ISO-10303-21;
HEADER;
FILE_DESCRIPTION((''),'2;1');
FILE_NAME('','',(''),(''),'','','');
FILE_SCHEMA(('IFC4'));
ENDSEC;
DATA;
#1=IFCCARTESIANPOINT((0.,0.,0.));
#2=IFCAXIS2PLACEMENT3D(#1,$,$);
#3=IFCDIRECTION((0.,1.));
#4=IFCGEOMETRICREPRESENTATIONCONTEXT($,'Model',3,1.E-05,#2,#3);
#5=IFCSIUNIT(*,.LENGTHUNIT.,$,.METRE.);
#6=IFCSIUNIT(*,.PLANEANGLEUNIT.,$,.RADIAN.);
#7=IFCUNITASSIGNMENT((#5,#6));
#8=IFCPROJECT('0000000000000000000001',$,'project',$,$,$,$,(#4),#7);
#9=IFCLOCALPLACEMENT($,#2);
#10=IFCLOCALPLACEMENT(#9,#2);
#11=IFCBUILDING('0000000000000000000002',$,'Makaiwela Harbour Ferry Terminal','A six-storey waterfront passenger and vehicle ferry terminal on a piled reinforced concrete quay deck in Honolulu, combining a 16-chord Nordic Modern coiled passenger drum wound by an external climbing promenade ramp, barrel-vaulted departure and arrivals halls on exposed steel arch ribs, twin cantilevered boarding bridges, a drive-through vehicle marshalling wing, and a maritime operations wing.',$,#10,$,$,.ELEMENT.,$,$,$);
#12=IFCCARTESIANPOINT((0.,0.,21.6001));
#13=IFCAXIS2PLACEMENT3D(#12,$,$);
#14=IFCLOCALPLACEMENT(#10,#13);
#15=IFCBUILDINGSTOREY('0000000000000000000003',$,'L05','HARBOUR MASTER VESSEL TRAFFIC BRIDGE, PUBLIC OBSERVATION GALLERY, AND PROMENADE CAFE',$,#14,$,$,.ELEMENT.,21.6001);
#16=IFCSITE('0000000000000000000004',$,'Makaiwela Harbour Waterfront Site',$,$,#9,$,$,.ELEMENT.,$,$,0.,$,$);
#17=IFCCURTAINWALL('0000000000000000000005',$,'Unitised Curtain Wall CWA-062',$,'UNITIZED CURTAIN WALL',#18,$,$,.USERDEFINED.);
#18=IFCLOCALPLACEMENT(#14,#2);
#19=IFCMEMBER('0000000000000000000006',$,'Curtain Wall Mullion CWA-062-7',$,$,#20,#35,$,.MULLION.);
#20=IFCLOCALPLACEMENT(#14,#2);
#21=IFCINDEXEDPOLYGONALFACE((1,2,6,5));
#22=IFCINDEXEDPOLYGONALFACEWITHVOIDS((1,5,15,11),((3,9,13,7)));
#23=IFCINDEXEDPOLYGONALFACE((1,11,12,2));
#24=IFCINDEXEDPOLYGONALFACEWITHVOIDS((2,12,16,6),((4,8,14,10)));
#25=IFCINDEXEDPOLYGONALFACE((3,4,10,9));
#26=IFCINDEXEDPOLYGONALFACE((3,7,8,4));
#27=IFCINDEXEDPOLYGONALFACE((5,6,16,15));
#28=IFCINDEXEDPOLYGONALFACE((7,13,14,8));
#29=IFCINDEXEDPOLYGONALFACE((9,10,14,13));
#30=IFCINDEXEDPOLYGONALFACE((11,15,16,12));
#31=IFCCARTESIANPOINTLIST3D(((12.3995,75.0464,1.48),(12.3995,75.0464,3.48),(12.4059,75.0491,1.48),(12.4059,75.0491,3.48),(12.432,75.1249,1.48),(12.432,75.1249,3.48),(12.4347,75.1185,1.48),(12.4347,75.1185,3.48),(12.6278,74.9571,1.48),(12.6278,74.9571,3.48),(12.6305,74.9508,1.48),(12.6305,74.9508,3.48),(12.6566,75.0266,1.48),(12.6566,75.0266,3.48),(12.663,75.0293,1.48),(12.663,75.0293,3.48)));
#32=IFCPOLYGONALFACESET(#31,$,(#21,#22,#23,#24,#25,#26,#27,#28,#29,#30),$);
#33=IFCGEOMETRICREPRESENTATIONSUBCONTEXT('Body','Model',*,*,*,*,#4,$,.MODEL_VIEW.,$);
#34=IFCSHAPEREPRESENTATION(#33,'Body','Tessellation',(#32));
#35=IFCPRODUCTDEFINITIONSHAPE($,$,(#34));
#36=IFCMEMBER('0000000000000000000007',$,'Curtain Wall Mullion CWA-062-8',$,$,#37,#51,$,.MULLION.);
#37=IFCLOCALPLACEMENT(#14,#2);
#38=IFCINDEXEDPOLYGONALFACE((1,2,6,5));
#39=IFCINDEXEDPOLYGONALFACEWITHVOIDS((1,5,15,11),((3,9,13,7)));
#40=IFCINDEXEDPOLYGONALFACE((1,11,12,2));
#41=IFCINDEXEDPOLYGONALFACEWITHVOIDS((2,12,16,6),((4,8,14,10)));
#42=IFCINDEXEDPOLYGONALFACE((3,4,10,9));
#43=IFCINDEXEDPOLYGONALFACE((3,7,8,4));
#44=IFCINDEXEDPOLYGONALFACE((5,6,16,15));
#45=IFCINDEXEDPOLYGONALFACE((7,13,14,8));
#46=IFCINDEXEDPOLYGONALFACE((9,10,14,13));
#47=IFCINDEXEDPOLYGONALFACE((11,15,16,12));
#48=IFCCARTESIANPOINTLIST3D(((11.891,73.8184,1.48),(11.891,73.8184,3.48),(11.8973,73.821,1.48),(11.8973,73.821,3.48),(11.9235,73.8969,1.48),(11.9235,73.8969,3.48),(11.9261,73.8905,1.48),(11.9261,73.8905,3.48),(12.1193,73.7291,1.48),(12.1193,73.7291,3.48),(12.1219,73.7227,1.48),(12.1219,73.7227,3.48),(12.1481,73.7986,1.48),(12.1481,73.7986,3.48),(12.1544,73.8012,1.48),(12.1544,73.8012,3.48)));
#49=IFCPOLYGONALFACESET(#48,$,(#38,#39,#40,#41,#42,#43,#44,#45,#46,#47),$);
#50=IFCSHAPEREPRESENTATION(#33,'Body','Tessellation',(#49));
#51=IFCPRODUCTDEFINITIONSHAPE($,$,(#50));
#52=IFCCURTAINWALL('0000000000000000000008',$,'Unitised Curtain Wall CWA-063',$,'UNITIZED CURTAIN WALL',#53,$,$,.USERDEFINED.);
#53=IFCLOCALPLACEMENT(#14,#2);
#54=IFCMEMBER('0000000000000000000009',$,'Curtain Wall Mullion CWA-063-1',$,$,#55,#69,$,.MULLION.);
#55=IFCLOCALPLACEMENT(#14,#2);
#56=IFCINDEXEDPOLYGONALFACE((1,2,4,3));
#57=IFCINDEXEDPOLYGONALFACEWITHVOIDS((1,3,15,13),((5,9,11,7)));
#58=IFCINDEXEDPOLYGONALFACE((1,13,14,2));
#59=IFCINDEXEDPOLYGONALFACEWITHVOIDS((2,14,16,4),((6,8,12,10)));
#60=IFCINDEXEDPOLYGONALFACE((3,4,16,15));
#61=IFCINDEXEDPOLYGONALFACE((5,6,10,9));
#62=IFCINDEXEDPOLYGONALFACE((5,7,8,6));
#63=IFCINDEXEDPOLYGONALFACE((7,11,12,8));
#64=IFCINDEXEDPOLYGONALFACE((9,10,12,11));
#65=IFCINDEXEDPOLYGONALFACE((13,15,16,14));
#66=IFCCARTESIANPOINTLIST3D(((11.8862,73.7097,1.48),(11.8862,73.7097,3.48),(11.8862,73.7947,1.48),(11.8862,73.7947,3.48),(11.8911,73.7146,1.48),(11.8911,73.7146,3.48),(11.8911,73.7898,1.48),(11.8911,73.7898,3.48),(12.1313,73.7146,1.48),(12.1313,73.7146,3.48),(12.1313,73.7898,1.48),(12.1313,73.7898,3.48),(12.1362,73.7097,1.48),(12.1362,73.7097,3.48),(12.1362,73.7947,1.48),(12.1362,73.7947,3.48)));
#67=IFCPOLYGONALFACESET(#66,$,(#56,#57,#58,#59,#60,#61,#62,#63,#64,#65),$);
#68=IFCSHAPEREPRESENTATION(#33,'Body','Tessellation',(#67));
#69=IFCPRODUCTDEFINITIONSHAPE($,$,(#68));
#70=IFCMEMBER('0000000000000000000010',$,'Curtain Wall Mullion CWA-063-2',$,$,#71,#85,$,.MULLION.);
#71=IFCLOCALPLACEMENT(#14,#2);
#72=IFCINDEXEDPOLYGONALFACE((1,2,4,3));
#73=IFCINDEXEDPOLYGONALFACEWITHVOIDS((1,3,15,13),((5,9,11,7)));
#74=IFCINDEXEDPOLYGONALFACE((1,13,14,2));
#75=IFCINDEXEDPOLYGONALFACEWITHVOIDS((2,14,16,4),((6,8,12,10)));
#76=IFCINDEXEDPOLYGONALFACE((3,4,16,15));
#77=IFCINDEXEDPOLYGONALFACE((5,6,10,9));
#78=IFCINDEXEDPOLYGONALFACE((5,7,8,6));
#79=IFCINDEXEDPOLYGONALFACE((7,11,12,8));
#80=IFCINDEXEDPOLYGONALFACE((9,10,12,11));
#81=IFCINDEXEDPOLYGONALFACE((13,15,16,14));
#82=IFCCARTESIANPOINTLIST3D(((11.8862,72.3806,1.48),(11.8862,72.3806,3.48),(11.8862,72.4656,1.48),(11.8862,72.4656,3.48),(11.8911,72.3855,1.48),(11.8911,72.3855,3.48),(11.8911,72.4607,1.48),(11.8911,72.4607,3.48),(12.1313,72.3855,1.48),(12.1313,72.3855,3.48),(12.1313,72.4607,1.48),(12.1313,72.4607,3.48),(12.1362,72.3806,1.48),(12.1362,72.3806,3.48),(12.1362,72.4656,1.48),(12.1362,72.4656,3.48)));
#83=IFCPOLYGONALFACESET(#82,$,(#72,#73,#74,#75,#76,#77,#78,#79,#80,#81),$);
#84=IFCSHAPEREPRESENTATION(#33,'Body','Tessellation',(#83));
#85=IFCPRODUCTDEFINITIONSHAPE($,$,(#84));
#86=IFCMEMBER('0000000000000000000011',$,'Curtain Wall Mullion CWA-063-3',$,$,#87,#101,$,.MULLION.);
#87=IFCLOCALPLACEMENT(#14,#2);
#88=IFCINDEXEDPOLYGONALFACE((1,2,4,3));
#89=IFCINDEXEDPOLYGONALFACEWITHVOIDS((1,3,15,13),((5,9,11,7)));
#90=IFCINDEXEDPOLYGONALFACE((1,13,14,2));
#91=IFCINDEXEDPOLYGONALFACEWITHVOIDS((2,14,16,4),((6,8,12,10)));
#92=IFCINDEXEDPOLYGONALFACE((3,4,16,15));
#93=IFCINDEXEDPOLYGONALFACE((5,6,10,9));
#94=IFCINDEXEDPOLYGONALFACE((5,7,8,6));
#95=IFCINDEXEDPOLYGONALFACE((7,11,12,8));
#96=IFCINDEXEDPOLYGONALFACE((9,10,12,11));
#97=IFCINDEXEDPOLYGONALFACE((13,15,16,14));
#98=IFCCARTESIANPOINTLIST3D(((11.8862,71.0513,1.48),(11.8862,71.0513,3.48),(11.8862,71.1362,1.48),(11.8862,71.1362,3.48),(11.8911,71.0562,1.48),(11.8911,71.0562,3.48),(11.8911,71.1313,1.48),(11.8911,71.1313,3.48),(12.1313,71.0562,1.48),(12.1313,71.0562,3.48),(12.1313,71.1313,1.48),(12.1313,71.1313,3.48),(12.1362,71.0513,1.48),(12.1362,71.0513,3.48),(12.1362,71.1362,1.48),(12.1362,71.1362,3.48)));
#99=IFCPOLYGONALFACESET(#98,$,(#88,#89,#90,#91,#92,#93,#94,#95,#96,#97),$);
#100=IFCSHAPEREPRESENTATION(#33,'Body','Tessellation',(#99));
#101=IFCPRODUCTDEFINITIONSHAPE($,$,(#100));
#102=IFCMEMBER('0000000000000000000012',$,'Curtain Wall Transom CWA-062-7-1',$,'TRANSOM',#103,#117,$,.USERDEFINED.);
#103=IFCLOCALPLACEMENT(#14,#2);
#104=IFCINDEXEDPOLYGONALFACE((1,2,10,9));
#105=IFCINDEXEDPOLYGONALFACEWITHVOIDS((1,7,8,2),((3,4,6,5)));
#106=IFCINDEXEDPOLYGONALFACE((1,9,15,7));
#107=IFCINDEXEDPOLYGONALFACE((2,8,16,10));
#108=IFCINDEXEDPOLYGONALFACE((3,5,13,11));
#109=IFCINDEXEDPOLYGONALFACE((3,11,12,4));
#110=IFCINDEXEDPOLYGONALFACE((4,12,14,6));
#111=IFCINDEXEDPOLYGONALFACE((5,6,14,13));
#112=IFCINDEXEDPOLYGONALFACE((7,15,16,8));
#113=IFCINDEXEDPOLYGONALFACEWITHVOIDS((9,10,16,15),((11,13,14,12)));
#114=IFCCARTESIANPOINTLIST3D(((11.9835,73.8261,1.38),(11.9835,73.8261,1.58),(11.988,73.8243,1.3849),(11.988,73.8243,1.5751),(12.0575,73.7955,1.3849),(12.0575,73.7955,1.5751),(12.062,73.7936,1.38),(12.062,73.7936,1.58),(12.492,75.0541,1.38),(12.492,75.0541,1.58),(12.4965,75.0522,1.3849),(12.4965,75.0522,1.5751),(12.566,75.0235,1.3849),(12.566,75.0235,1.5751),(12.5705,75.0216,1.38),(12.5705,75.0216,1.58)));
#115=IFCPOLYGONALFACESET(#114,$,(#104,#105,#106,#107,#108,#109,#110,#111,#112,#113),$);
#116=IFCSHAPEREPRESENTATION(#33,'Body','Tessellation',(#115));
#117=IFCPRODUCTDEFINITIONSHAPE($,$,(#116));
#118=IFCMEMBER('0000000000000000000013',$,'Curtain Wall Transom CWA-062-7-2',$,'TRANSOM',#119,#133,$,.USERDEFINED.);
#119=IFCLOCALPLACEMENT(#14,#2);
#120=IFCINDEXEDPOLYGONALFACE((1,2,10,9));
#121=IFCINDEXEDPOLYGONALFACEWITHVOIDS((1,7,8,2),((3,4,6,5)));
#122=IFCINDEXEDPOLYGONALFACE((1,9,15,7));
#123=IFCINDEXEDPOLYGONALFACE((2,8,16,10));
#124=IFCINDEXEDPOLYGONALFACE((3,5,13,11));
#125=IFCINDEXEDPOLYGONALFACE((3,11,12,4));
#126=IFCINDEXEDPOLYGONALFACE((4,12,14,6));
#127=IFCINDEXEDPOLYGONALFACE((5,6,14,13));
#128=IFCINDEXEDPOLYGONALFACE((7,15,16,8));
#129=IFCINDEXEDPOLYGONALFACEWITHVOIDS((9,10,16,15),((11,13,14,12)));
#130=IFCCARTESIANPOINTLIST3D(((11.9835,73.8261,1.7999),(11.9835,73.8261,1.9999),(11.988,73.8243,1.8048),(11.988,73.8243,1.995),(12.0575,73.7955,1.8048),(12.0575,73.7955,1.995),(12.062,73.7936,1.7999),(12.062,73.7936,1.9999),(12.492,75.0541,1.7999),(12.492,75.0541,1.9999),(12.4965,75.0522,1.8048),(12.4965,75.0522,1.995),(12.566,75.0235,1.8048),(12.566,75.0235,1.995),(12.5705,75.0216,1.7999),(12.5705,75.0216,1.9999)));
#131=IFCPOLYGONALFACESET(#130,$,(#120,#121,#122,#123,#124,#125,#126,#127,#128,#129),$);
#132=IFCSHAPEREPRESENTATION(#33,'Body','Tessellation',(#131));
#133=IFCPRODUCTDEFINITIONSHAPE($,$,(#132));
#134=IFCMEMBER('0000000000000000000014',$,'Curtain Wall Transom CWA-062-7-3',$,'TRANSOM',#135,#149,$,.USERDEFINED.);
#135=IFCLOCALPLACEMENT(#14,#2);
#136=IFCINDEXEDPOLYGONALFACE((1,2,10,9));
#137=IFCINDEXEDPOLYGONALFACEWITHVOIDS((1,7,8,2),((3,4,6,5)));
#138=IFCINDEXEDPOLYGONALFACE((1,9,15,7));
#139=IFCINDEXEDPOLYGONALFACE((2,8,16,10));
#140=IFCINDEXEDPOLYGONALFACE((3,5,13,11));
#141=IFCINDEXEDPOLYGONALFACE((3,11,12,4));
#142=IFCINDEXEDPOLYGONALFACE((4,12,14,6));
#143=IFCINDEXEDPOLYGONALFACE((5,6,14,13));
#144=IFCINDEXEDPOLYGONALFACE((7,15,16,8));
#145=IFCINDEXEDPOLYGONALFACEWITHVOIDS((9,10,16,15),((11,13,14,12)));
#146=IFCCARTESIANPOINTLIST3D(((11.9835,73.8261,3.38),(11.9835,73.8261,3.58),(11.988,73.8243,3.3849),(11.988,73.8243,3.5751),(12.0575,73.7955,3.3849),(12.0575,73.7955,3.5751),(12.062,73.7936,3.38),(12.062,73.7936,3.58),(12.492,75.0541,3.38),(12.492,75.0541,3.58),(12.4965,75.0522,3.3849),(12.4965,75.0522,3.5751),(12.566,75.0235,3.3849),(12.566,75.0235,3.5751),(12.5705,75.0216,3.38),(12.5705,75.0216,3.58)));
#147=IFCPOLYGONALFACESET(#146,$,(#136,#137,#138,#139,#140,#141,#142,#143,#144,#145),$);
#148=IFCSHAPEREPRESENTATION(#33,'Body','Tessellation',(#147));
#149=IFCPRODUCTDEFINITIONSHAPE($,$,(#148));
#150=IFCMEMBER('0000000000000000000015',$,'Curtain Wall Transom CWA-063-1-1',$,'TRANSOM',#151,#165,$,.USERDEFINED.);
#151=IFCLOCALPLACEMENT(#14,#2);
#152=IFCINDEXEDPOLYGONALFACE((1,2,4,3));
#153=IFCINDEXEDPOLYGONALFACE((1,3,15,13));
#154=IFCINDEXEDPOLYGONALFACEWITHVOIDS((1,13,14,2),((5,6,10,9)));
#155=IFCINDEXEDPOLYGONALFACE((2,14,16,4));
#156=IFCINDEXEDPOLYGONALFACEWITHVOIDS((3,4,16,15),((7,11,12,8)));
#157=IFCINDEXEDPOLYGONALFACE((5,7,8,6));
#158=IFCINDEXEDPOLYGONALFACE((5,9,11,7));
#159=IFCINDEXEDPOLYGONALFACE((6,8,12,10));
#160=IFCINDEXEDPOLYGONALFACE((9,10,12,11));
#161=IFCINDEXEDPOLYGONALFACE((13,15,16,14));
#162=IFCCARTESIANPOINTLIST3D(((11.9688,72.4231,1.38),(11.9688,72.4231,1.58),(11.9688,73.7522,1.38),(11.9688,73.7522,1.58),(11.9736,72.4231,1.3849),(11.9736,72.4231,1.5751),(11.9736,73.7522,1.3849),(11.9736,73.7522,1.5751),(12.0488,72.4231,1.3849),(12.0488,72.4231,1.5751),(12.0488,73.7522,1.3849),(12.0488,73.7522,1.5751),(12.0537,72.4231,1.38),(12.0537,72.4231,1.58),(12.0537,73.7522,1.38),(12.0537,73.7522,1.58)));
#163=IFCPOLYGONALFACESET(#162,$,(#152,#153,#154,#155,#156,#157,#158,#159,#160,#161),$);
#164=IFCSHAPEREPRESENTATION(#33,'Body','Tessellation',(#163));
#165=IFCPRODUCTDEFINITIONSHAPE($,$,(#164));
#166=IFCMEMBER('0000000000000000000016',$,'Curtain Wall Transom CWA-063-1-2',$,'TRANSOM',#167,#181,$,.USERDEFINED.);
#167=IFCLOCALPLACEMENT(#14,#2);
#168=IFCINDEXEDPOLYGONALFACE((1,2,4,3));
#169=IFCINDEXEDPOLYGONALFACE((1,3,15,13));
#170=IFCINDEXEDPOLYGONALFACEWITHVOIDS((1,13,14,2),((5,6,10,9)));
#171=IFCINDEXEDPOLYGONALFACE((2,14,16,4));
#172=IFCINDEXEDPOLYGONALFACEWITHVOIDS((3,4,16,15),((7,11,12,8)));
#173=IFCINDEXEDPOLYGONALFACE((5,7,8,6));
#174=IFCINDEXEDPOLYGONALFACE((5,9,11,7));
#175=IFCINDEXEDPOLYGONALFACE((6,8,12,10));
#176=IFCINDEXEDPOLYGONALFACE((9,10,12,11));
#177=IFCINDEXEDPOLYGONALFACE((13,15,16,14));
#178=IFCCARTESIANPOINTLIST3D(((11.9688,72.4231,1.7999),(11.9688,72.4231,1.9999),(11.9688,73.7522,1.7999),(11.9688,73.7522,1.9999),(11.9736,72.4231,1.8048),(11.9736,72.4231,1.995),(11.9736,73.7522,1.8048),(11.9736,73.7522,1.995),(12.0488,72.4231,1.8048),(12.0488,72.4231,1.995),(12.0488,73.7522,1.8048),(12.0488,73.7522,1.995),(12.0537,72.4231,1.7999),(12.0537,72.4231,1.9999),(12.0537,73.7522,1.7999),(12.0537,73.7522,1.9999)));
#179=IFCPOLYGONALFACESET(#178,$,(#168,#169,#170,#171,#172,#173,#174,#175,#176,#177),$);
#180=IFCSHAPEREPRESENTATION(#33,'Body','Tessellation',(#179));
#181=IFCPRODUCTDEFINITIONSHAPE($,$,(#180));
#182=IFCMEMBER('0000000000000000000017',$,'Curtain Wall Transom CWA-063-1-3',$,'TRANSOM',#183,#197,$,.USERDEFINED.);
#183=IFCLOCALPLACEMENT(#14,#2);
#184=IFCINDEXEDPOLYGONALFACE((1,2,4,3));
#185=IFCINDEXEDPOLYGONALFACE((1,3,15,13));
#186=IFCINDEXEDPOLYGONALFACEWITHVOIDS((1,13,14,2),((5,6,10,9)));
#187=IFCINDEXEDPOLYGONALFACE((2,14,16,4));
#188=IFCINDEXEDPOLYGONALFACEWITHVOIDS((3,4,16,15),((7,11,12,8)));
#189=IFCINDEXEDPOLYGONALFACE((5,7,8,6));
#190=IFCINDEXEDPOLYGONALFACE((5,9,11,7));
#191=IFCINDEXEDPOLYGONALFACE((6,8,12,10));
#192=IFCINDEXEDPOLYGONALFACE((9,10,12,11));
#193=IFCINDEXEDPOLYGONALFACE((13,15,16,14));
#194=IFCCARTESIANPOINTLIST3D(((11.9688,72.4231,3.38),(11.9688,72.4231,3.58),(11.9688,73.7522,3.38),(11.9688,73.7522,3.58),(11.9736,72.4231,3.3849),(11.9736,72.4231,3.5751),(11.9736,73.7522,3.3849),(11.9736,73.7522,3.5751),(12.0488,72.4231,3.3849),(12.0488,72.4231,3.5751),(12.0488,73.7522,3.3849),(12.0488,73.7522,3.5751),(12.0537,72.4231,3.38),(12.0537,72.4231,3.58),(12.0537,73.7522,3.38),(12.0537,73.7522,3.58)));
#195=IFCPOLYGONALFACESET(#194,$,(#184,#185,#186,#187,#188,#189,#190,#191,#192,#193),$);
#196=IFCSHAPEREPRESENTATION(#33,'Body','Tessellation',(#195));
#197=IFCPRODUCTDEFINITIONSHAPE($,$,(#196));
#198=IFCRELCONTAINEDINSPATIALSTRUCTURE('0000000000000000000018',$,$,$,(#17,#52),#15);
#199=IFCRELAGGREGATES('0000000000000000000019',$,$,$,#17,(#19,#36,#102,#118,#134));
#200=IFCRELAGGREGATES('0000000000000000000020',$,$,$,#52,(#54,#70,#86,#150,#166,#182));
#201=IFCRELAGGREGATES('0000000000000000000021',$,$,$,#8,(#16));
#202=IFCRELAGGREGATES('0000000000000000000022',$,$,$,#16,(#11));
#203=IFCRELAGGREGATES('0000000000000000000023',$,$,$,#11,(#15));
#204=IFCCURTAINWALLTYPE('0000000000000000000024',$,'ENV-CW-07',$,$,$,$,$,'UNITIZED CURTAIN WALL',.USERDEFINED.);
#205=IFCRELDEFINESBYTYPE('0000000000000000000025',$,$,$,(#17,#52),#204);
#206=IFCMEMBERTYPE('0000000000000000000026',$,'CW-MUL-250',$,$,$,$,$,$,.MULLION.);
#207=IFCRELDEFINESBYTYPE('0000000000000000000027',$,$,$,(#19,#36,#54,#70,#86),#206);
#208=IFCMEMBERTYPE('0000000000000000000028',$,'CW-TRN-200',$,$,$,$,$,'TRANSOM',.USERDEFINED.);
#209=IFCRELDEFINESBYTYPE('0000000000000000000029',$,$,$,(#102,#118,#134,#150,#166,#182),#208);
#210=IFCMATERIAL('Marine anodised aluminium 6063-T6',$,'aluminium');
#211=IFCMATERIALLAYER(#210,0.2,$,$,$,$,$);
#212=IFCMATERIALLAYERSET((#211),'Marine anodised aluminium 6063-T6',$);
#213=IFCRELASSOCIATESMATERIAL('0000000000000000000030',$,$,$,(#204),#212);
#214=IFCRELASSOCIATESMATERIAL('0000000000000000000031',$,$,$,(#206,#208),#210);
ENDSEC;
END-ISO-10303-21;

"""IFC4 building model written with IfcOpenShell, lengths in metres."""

from ifc_helpers import new_model, si_unit, direction, frame, origin, origin_2d, place, context, subcontext, project, spatial, hollow_rectangle, extrude, material, layer, layer_set, material_profile, profile_set, type_object, element, aggregate, save


model = new_model("IFC4")

# Units and contexts
model_context = context("Model", 3, precision=1e-05, world=origin(), true_north=direction((0.0, 1.0)))
body_context = subcontext(model_context, "Body", "Model", "MODEL_VIEW")
ifc_project = project(units=[si_unit("LENGTHUNIT", "METRE"), si_unit("PLANEANGLEUNIT", "RADIAN")], contexts=[model_context])

# Site, building, storey
site_placement = place(None, origin())
site = spatial("IfcSite", under=ifc_project, at=site_placement, Name="Makaiwela Harbour Waterfront Site", CompositionType="ELEMENT", RefElevation=0.0)
building_placement = place(site_placement, origin())
building = spatial("IfcBuilding", under=site, at=building_placement, Name="Makaiwela Harbour Ferry Terminal", Description="A six-storey waterfront passenger and vehicle ferry terminal on a piled reinforced concrete quay deck in Honolulu, combining a 16-chord Nordic Modern coiled passenger drum wound by an external climbing promenade ramp, barrel-vaulted departure and arrivals halls on exposed steel arch ribs, twin cantilevered boarding bridges, a drive-through vehicle marshalling wing, and a maritime operations wing.", CompositionType="ELEMENT")
storey_placement = place(building_placement, frame((0.0, 0.0, 21.6001)))
storey = spatial("IfcBuildingStorey", under=building, at=storey_placement, Name="L05", Description="HARBOUR MASTER VESSEL TRAFFIC BRIDGE, PUBLIC OBSERVATION GALLERY, AND PROMENADE CAFE", CompositionType="ELEMENT", Elevation=21.6001)

# Curtain walls, members
ifc_material_1 = material(Name="Marine anodised aluminium 6063-T6", Category="aluminium")
ifc_layer_1 = layer(ifc_material_1, 0.2)
ifc_layer_set_1 = layer_set([ifc_layer_1], Name="Marine anodised aluminium 6063-T6")
curtain_wall_type = type_object("IfcCurtainWallType", Name="ENV-CW-07", ElementType="UNITIZED CURTAIN WALL", PredefinedType="USERDEFINED", material=ifc_layer_set_1)
curtain_wall_1_placement = place(storey_placement, origin())
curtain_wall_1 = element("IfcCurtainWall", 1, at=curtain_wall_1_placement, inside=storey, type_object=curtain_wall_type, Name="Unitised Curtain Wall CWA-062", ObjectType="UNITIZED CURTAIN WALL", PredefinedType="USERDEFINED")
ifc_material_profile_1 = material_profile(ifc_material_1, hollow_rectangle(XDim=0.085, YDim=0.25, WallThickness=0.0049, at=origin_2d()), Name="CWM-250X85")
ifc_profile_set_1 = profile_set([ifc_material_profile_1], Name="Marine anodised aluminium 6063-T6")
member_type_1 = type_object("IfcMemberType", Name="CW-MUL-250", PredefinedType="MULLION", material=ifc_profile_set_1)
member_1_placement = place(storey_placement, frame((12.5312, 75.0378, 1.48), z_axis=(0.0, 0.0, 1.0), x_axis=(0.382683, 0.92388, 0.0)))
member_1 = element("IfcMember", 2, at=member_1_placement, type_object=member_type_1, Name="Curtain Wall Mullion CWA-062-7", PredefinedType="MULLION", context=body_context, shape_type="SweptSolid", body=[
    extrude(hollow_rectangle(XDim=0.085, YDim=0.25, WallThickness=0.0049, at=origin_2d()), origin(), (0.0, 0.0, 1.0), 2.0),
])
member_2_placement = place(storey_placement, frame((12.0227, 73.8098, 1.48), z_axis=(0.0, 0.0, 1.0), x_axis=(0.382683, 0.92388, 0.0)))
member_2 = element("IfcMember", 3, at=member_2_placement, type_object=member_type_1, Name="Curtain Wall Mullion CWA-062-8", PredefinedType="MULLION", context=body_context, shape_type="SweptSolid", body=[
    extrude(hollow_rectangle(XDim=0.085, YDim=0.25, WallThickness=0.0049, at=origin_2d()), origin(), (0.0, 0.0, 1.0), 2.0),
])
curtain_wall_2_placement = place(storey_placement, origin())
curtain_wall_2 = element("IfcCurtainWall", 4, at=curtain_wall_2_placement, inside=storey, type_object=curtain_wall_type, Name="Unitised Curtain Wall CWA-063", ObjectType="UNITIZED CURTAIN WALL", PredefinedType="USERDEFINED")
member_3_placement = place(storey_placement, frame((12.0112, 73.7522, 1.48), z_axis=(0.0, 0.0, 1.0), x_axis=(0.0, 1.0, 0.0)))
member_3 = element("IfcMember", 5, at=member_3_placement, type_object=member_type_1, Name="Curtain Wall Mullion CWA-063-1", PredefinedType="MULLION", context=body_context, shape_type="SweptSolid", body=[
    extrude(hollow_rectangle(XDim=0.085, YDim=0.25, WallThickness=0.0049, at=origin_2d()), origin(), (0.0, 0.0, 1.0), 2.0),
])
member_4_placement = place(storey_placement, frame((12.0112, 72.4231, 1.48), z_axis=(0.0, 0.0, 1.0), x_axis=(0.0, 1.0, 0.0)))
member_4 = element("IfcMember", 6, at=member_4_placement, type_object=member_type_1, Name="Curtain Wall Mullion CWA-063-2", PredefinedType="MULLION", context=body_context, shape_type="SweptSolid", body=[
    extrude(hollow_rectangle(XDim=0.085, YDim=0.25, WallThickness=0.0049, at=origin_2d()), origin(), (0.0, 0.0, 1.0), 2.0),
])
member_5_placement = place(storey_placement, frame((12.0112, 71.0938, 1.48), z_axis=(0.0, 0.0, 1.0), x_axis=(0.0, 1.0, 0.0)))
member_5 = element("IfcMember", 7, at=member_5_placement, type_object=member_type_1, Name="Curtain Wall Mullion CWA-063-3", PredefinedType="MULLION", context=body_context, shape_type="SweptSolid", body=[
    extrude(hollow_rectangle(XDim=0.085, YDim=0.25, WallThickness=0.0049, at=origin_2d()), origin(), (0.0, 0.0, 1.0), 2.0),
])

# Members
ifc_material_profile_2 = material_profile(ifc_material_1, hollow_rectangle(XDim=0.085, YDim=0.2, WallThickness=0.0049, at=origin_2d()), Name="CWT-200X85")
ifc_profile_set_2 = profile_set([ifc_material_profile_2], Name="Marine anodised aluminium 6063-T6")
member_type_2 = type_object("IfcMemberType", Name="CW-TRN-200", ElementType="TRANSOM", PredefinedType="USERDEFINED", material=ifc_profile_set_2)
member_6_placement = place(storey_placement, frame((12.5312, 75.0378, 1.48), z_axis=(-0.382606, -0.923912, 0.0), x_axis=(0.923912, -0.382606, 0.0)))
member_6 = element("IfcMember", 8, at=member_6_placement, type_object=member_type_2, Name="Curtain Wall Transom CWA-062-7-1", ObjectType="TRANSOM", PredefinedType="USERDEFINED", context=body_context, shape_type="SweptSolid", body=[
    extrude(hollow_rectangle(XDim=0.085, YDim=0.2, WallThickness=0.0049, at=origin_2d()), origin(), (0.0, 0.0, 1.0), 1.3291),
])
member_7_placement = place(storey_placement, frame((12.5312, 75.0378, 1.8999), z_axis=(-0.382606, -0.923912, 0.0), x_axis=(0.923912, -0.382606, 0.0)))
member_7 = element("IfcMember", 9, at=member_7_placement, type_object=member_type_2, Name="Curtain Wall Transom CWA-062-7-2", ObjectType="TRANSOM", PredefinedType="USERDEFINED", context=body_context, shape_type="SweptSolid", body=[
    extrude(hollow_rectangle(XDim=0.085, YDim=0.2, WallThickness=0.0049, at=origin_2d()), origin(), (0.0, 0.0, 1.0), 1.3291),
])
member_8_placement = place(storey_placement, frame((12.5312, 75.0378, 3.48), z_axis=(-0.382606, -0.923912, 0.0), x_axis=(0.923912, -0.382606, 0.0)))
member_8 = element("IfcMember", 10, at=member_8_placement, type_object=member_type_2, Name="Curtain Wall Transom CWA-062-7-3", ObjectType="TRANSOM", PredefinedType="USERDEFINED", context=body_context, shape_type="SweptSolid", body=[
    extrude(hollow_rectangle(XDim=0.085, YDim=0.2, WallThickness=0.0049, at=origin_2d()), origin(), (0.0, 0.0, 1.0), 1.3291),
])
member_9_placement = place(storey_placement, frame((12.0112, 73.7522, 1.48), z_axis=(0.0, -1.0, 0.0), x_axis=(1.0, 0.0, 0.0)))
member_9 = element("IfcMember", 11, at=member_9_placement, type_object=member_type_2, Name="Curtain Wall Transom CWA-063-1-1", ObjectType="TRANSOM", PredefinedType="USERDEFINED", context=body_context, shape_type="SweptSolid", body=[
    extrude(hollow_rectangle(XDim=0.085, YDim=0.2, WallThickness=0.0049, at=origin_2d()), origin(), (0.0, 0.0, 1.0), 1.3291),
])
member_10_placement = place(storey_placement, frame((12.0112, 73.7522, 1.8999), z_axis=(0.0, -1.0, 0.0), x_axis=(1.0, 0.0, 0.0)))
member_10 = element("IfcMember", 12, at=member_10_placement, type_object=member_type_2, Name="Curtain Wall Transom CWA-063-1-2", ObjectType="TRANSOM", PredefinedType="USERDEFINED", context=body_context, shape_type="SweptSolid", body=[
    extrude(hollow_rectangle(XDim=0.085, YDim=0.2, WallThickness=0.0049, at=origin_2d()), origin(), (0.0, 0.0, 1.0), 1.3291),
])
member_11_placement = place(storey_placement, frame((12.0112, 73.7522, 3.48), z_axis=(0.0, -1.0, 0.0), x_axis=(1.0, 0.0, 0.0)))
member_11 = element("IfcMember", 13, at=member_11_placement, type_object=member_type_2, Name="Curtain Wall Transom CWA-063-1-3", ObjectType="TRANSOM", PredefinedType="USERDEFINED", context=body_context, shape_type="SweptSolid", body=[
    extrude(hollow_rectangle(XDim=0.085, YDim=0.2, WallThickness=0.0049, at=origin_2d()), origin(), (0.0, 0.0, 1.0), 1.3291),
])

aggregate(curtain_wall_1, [member_1, member_2, member_6, member_7, member_8])
aggregate(curtain_wall_2, [member_3, member_4, member_5, member_9, member_10, member_11])

save(model, "model.ifc")
